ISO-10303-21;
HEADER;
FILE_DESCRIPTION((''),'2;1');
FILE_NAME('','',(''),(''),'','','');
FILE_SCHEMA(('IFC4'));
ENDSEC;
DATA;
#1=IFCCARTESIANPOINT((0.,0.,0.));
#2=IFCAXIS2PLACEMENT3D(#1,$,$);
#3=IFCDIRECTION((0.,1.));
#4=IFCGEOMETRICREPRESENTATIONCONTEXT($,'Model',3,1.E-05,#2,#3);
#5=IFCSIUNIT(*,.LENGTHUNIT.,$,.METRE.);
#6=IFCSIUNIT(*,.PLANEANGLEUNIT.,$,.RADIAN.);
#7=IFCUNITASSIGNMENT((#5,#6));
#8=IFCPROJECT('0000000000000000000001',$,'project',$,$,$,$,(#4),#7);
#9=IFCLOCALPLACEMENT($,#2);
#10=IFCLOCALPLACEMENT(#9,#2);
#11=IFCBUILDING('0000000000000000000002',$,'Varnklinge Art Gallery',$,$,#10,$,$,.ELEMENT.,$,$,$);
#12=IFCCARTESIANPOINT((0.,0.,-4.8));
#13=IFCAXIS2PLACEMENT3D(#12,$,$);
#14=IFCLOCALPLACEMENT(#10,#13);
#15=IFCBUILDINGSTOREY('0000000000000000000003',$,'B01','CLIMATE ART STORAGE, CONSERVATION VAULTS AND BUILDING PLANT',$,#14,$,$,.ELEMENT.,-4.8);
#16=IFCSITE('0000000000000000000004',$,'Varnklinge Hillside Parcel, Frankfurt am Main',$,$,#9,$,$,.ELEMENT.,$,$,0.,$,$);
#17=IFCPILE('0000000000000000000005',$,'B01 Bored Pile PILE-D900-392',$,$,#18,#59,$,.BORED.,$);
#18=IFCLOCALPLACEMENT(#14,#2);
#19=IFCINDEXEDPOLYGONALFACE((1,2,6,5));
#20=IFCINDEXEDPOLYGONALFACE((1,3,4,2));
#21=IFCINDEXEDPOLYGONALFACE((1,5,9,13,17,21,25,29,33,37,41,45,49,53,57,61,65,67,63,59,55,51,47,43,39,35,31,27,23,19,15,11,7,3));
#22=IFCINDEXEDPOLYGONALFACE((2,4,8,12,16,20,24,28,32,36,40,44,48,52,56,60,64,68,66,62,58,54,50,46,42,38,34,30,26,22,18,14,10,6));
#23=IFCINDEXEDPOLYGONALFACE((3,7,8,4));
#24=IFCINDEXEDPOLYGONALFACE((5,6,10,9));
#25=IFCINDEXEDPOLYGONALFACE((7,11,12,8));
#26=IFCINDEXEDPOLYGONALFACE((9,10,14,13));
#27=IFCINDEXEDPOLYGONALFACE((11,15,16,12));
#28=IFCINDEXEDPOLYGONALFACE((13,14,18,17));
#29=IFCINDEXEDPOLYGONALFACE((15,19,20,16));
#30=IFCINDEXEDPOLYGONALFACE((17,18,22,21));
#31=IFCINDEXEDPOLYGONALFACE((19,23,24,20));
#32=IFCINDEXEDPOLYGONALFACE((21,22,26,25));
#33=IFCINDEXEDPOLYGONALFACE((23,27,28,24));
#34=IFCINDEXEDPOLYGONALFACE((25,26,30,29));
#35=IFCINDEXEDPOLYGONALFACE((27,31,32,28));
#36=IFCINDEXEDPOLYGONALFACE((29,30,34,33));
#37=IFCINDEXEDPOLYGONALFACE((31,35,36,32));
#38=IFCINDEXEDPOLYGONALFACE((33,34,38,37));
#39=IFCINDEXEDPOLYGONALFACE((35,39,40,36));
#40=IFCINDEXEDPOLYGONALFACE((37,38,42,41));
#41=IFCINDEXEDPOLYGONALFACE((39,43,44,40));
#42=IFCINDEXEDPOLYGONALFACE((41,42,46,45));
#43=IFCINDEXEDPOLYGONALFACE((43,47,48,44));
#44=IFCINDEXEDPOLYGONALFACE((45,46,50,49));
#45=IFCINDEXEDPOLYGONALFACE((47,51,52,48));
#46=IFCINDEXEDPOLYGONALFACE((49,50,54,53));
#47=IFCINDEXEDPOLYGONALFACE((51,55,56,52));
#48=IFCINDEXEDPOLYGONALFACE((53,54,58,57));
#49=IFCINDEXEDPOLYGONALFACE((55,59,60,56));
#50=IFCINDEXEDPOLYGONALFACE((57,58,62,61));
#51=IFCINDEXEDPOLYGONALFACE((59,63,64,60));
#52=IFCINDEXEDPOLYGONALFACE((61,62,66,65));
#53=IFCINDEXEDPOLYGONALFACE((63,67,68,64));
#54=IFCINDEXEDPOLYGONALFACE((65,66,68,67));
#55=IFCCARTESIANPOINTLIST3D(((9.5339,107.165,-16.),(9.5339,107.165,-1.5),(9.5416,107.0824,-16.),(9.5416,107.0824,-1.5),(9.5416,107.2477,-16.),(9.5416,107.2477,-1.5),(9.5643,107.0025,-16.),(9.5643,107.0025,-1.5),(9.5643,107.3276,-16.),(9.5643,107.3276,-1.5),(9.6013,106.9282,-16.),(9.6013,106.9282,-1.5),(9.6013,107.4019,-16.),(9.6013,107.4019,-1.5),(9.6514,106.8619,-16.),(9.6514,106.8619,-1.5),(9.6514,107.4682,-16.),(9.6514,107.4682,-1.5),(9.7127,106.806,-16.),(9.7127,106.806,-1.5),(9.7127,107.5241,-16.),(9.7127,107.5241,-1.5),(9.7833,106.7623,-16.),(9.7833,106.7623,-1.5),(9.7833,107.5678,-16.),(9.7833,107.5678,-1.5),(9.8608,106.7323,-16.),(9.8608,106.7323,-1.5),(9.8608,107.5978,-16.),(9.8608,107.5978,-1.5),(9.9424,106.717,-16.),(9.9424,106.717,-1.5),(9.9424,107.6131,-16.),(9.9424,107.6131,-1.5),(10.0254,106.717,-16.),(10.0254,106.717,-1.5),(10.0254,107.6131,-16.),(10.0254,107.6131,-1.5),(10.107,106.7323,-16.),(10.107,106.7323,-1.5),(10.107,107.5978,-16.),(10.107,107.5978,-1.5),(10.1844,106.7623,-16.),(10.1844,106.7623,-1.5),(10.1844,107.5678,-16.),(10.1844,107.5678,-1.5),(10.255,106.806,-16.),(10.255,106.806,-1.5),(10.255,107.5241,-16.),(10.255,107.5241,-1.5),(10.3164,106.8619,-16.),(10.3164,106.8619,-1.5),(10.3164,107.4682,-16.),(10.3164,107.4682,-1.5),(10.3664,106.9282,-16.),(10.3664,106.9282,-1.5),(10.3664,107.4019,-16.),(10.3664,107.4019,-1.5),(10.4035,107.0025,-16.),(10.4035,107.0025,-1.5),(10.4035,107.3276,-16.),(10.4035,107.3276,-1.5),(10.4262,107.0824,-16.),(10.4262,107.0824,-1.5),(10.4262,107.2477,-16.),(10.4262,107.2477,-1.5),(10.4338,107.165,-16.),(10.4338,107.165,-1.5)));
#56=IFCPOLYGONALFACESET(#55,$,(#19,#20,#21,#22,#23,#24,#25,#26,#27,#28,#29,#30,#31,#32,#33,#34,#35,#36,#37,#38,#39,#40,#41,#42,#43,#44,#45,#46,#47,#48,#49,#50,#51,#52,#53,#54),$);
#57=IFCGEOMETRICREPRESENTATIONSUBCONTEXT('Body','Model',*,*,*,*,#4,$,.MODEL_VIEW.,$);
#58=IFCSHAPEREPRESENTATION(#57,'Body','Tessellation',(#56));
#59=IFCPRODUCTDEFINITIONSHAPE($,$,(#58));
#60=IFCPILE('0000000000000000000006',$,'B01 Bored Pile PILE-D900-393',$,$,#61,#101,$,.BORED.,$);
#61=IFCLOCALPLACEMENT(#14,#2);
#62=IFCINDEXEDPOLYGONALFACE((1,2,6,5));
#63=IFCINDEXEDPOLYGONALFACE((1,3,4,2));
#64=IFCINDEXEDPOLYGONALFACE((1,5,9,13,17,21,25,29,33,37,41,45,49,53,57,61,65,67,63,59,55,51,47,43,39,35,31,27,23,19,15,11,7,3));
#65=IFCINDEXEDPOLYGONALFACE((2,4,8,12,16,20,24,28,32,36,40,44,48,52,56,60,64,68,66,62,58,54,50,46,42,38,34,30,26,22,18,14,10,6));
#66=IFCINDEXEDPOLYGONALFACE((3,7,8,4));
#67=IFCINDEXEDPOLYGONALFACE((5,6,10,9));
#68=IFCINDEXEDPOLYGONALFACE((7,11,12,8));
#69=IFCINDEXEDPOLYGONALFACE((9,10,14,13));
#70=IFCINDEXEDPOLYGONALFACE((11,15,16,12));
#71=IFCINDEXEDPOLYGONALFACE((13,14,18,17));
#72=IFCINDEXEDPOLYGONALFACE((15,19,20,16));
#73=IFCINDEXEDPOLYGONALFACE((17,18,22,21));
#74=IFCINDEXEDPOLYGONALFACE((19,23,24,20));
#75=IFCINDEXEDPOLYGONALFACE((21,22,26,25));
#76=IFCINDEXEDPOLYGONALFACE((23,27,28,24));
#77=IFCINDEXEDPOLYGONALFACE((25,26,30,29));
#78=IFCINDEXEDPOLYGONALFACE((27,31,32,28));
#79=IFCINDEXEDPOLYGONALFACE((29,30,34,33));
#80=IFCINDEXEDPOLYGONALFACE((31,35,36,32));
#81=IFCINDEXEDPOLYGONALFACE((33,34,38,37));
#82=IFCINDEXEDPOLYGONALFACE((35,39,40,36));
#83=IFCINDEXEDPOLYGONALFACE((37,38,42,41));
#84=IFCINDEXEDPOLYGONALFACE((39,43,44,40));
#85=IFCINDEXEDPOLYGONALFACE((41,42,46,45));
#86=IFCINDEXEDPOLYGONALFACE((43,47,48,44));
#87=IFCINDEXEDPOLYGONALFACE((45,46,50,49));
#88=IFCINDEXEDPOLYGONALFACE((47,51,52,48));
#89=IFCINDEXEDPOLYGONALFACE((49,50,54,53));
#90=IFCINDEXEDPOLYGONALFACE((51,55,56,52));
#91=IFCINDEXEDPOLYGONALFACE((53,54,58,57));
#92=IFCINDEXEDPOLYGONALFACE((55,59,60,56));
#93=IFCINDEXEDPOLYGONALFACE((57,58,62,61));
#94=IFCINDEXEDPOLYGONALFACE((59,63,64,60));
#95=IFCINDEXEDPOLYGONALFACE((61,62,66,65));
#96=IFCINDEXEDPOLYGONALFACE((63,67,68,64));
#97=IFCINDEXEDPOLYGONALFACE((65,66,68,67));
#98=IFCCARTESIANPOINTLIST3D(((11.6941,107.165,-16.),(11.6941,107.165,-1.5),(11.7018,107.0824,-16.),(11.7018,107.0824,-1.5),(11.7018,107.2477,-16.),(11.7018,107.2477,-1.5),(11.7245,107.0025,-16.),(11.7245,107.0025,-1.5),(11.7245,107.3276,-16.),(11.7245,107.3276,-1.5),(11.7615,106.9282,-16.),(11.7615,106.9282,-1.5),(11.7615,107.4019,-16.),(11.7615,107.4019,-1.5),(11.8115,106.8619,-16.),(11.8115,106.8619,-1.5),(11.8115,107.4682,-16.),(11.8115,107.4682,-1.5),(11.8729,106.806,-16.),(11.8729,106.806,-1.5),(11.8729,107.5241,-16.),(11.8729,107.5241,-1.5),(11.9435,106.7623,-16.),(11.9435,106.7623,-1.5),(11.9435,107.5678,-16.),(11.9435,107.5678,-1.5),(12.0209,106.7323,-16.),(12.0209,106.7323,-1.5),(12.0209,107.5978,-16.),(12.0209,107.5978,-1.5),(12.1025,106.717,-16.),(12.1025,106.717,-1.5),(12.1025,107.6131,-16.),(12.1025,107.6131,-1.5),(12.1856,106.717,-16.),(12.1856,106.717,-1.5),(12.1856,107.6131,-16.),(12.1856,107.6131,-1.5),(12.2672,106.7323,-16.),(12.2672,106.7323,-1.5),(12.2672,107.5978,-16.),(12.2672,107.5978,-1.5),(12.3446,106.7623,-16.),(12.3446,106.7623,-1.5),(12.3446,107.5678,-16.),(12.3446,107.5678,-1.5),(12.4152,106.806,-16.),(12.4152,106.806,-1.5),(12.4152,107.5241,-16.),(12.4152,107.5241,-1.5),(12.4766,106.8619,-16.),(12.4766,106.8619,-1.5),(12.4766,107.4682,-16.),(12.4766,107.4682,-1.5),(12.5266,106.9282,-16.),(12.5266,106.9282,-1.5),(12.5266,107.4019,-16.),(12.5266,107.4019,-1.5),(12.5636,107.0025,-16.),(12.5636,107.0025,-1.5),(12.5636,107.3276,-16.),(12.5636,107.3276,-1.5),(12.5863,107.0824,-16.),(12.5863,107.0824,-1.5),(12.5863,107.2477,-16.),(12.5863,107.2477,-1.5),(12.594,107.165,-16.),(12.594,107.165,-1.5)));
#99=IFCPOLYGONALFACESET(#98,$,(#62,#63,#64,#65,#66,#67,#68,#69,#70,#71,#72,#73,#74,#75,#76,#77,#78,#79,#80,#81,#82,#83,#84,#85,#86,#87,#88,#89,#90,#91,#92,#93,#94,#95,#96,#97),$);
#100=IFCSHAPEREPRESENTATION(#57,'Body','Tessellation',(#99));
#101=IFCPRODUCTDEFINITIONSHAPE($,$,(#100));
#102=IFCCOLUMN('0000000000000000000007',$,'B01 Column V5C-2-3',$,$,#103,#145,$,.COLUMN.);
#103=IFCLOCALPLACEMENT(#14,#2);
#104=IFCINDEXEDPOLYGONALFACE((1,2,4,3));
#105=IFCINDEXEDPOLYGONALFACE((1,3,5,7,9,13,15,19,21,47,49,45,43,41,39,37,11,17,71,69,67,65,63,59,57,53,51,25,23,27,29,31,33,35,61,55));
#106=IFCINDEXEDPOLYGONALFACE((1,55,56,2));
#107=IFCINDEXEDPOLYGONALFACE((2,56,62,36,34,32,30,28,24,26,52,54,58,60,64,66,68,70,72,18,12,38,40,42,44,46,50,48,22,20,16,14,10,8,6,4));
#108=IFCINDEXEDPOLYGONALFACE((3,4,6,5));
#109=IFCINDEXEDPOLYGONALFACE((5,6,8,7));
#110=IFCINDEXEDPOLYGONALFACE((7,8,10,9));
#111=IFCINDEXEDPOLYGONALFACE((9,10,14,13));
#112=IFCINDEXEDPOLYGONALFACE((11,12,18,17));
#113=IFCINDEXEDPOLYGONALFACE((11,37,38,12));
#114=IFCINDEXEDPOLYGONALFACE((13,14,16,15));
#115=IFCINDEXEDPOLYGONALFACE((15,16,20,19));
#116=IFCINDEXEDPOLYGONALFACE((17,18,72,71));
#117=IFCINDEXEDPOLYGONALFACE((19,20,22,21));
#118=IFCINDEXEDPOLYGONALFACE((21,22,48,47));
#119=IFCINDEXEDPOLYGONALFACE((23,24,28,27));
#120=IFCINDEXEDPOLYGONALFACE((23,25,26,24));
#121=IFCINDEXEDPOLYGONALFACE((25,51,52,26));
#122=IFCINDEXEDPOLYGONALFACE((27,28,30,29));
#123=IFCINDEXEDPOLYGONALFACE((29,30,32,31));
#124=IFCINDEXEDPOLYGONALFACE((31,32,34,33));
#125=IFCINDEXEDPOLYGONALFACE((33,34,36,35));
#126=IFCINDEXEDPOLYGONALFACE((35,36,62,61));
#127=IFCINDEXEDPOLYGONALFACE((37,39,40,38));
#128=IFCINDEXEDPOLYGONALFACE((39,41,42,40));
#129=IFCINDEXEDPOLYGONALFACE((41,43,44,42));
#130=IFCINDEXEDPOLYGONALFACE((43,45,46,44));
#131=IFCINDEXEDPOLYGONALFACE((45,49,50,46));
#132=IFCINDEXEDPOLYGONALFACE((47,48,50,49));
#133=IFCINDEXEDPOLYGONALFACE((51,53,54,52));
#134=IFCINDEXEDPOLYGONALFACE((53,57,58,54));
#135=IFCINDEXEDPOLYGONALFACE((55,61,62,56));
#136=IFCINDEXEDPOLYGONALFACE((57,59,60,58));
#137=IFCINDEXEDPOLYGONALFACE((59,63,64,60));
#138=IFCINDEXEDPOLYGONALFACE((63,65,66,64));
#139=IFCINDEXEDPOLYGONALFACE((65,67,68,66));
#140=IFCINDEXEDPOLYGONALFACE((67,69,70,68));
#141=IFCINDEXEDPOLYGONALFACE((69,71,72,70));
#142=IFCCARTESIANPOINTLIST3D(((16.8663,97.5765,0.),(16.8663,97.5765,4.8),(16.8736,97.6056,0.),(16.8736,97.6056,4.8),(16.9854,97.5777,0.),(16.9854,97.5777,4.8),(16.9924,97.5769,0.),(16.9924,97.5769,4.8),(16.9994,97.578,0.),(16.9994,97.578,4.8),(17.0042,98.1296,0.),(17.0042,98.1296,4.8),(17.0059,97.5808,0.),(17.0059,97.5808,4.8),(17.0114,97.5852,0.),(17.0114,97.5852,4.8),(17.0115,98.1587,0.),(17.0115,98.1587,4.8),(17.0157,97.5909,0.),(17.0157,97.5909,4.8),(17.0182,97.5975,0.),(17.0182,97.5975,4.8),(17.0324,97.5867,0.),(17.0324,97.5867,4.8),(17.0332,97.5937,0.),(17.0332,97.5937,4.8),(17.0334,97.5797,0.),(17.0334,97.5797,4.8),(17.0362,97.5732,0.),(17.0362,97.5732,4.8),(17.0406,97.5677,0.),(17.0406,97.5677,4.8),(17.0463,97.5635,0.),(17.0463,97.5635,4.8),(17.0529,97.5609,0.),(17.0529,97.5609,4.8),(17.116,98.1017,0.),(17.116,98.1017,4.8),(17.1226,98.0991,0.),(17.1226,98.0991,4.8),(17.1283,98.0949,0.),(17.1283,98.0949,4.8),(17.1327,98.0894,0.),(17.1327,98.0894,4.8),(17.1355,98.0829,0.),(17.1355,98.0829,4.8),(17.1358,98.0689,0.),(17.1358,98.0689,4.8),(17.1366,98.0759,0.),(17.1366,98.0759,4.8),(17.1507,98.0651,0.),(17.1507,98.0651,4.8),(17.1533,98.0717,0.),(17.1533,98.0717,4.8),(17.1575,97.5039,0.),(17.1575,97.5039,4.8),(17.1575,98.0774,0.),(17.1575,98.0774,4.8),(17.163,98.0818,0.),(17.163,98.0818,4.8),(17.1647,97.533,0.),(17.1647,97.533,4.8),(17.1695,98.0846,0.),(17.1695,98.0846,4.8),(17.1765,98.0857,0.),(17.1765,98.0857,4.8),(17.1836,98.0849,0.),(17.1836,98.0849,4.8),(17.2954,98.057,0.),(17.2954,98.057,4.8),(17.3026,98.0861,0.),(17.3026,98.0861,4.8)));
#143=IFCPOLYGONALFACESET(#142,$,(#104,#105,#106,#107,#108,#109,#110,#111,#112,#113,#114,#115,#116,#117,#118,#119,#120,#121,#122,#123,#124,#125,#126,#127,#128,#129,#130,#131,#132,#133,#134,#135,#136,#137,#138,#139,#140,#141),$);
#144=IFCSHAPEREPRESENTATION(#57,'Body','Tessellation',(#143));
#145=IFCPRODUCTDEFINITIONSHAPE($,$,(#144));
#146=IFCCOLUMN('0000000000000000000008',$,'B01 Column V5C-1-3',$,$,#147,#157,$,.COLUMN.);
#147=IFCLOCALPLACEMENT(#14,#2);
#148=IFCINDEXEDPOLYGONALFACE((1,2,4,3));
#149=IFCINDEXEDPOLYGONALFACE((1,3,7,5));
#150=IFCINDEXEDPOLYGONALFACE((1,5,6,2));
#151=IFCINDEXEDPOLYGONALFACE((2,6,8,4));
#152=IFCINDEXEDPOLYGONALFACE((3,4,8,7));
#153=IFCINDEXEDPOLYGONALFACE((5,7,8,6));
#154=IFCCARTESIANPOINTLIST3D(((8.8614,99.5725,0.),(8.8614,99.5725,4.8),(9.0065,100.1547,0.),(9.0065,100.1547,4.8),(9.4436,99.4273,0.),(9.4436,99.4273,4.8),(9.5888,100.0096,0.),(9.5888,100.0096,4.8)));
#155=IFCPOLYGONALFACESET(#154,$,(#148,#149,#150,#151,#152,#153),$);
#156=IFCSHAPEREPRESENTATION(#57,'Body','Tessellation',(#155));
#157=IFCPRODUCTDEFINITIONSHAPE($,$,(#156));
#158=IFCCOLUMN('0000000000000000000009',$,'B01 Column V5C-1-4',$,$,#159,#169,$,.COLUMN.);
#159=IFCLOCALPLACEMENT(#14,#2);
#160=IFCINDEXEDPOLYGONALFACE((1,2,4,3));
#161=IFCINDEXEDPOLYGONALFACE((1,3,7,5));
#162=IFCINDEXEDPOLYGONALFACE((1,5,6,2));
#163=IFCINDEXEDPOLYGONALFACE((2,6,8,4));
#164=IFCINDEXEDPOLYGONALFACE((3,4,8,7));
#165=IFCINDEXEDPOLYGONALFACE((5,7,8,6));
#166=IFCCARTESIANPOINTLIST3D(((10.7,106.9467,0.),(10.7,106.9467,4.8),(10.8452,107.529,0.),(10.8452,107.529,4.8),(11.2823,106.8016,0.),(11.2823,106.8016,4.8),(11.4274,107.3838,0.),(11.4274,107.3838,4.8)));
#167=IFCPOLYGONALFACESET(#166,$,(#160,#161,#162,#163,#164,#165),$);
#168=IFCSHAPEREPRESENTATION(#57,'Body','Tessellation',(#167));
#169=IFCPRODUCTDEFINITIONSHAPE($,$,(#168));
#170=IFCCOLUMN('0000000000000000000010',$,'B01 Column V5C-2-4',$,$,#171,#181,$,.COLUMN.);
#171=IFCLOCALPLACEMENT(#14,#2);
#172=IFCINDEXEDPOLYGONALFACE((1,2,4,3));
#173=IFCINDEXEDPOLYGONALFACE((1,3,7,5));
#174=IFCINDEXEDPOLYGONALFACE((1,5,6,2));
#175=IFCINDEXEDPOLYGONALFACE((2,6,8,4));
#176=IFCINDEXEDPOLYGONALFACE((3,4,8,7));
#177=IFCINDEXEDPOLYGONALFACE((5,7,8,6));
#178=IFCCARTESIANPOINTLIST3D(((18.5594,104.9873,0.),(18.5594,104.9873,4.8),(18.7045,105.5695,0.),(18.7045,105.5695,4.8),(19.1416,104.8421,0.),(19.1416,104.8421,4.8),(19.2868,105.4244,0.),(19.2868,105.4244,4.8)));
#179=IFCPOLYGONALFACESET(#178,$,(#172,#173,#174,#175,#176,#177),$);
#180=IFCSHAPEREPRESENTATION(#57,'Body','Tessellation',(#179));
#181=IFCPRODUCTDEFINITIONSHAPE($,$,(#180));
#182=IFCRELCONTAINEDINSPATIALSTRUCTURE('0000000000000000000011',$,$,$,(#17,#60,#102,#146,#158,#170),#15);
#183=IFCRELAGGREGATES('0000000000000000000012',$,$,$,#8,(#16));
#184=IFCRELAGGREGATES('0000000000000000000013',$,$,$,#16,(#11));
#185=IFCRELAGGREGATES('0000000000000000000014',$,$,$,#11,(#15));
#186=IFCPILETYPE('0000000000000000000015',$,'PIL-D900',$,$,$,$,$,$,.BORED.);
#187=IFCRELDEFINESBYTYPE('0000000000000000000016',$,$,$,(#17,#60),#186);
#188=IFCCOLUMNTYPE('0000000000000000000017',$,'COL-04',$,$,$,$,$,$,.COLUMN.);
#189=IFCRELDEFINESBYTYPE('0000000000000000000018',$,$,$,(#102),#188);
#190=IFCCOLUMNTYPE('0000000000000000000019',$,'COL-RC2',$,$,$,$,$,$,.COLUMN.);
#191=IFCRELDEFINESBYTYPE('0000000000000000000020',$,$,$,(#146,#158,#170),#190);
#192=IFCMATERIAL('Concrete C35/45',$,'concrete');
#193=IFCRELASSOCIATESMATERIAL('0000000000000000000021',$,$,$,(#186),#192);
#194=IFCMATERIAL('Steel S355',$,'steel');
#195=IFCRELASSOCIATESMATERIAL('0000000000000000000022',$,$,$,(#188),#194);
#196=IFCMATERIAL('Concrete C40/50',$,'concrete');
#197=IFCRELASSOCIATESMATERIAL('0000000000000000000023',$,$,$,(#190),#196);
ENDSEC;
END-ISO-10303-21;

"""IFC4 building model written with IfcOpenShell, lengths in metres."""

from ifc_helpers import new_model, si_unit, direction, frame, origin, origin_2d, place, context, subcontext, project, spatial, rectangle, circle, i_section, extrude, material, material_profile, profile_set, type_object, element, save


model = new_model("IFC4")

# Units and contexts
model_context = context("Model", 3, precision=1e-05, world=origin(), true_north=direction((0.0, 1.0)))
body_context = subcontext(model_context, "Body", "Model", "MODEL_VIEW")
ifc_project = project(units=[si_unit("LENGTHUNIT", "METRE"), si_unit("PLANEANGLEUNIT", "RADIAN")], contexts=[model_context])

# Site, building, storey
site_placement = place(None, origin())
site = spatial("IfcSite", under=ifc_project, at=site_placement, Name="Varnklinge Hillside Parcel, Frankfurt am Main", CompositionType="ELEMENT", RefElevation=0.0)
building_placement = place(site_placement, origin())
building = spatial("IfcBuilding", under=site, at=building_placement, Name="Varnklinge Art Gallery", CompositionType="ELEMENT")
storey_placement = place(building_placement, frame((0.0, 0.0, -4.8)))
storey = spatial("IfcBuildingStorey", under=building, at=storey_placement, Name="B01", Description="CLIMATE ART STORAGE, CONSERVATION VAULTS AND BUILDING PLANT", CompositionType="ELEMENT", Elevation=-4.8)

# Piles
ifc_material_1 = material(Name="Concrete C35/45", Category="concrete")
ifc_material_profile_1 = material_profile(ifc_material_1, circle(Radius=0.45, at=origin_2d()), Name="PILE D900")
ifc_profile_set_1 = profile_set([ifc_material_profile_1], Name="Concrete C35/45")
pile_type = type_object("IfcPileType", Name="PIL-D900", PredefinedType="BORED", material=ifc_profile_set_1)
for number, where, z_axis, x_axis, name in (
    (1, (9.9839, 107.165, -1.5), (0.0, 0.0, -1.0), (1.0, 0.0, 0.0), "B01 Bored Pile PILE-D900-392"),
    (2, (12.144, 107.165, -1.5), (0.0, 0.0, -1.0), (1.0, 0.0, 0.0), "B01 Bored Pile PILE-D900-393"),
):
    element("IfcPile", number, at=place(storey_placement, frame(where, z_axis=z_axis, x_axis=x_axis)), inside=storey, type_object=pile_type, Name=name, PredefinedType="BORED", context=body_context, shape_type="SweptSolid", body=[
        extrude(circle(Radius=0.45, at=origin_2d()), origin(), (0.0, 0.0, 1.0), 14.5),
    ])

# Columns
ifc_material_2 = material(Name="Steel S355", Category="steel")
ifc_material_profile_2 = material_profile(ifc_material_2, i_section(OverallWidth=0.3, OverallDepth=0.6001, WebThickness=0.0154, FlangeThickness=0.03, FilletRadius=0.0271, at=origin_2d()), Name="HEB 600")
ifc_profile_set_2 = profile_set([ifc_material_profile_2], Name="Steel S355")
column_type_1 = type_object("IfcColumnType", Name="COL-04", PredefinedType="COLUMN", material=ifc_profile_set_2)
column_placement = place(storey_placement, frame((17.0845, 97.8313, 0.0), z_axis=(0.0, 0.0, 1.0), x_axis=(0.970296, -0.241922, 0.0)))
element("IfcColumn", 3, at=column_placement, inside=storey, type_object=column_type_1, Name="B01 Column V5C-2-3", PredefinedType="COLUMN", context=body_context, shape_type="SweptSolid", body=[
    extrude(i_section(OverallWidth=0.3, OverallDepth=0.6001, WebThickness=0.0154, FlangeThickness=0.03, FilletRadius=0.0271, at=origin_2d()), origin(), (0.0, 0.0, 1.0), 4.8),
])
ifc_material_3 = material(Name="Concrete C40/50", Category="concrete")
ifc_material_profile_3 = material_profile(ifc_material_3, rectangle(XDim=0.6001, YDim=0.6001, at=origin_2d()), Name="RC 600x600")
ifc_profile_set_3 = profile_set([ifc_material_profile_3], Name="Concrete C40/50")
column_type_2 = type_object("IfcColumnType", Name="COL-RC2", PredefinedType="COLUMN", material=ifc_profile_set_3)
for number, where, z_axis, x_axis, name in (
    (4, (9.2251, 99.791, 0.0), (0.0, 0.0, 1.0), (0.970296, -0.241922, 0.0), "B01 Column V5C-1-3"),
    (5, (11.0637, 107.1653, 0.0), (0.0, 0.0, 1.0), (0.970296, -0.241922, 0.0), "B01 Column V5C-1-4"),
    (6, (18.9231, 105.2058, 0.0), (0.0, 0.0, 1.0), (0.970296, -0.241922, 0.0), "B01 Column V5C-2-4"),
):
    element("IfcColumn", number, at=place(storey_placement, frame(where, z_axis=z_axis, x_axis=x_axis)), inside=storey, type_object=column_type_2, Name=name, PredefinedType="COLUMN", context=body_context, shape_type="SweptSolid", body=[
        extrude(rectangle(XDim=0.6001, YDim=0.6001, at=origin_2d()), origin(), (0.0, 0.0, 1.0), 4.8),
    ])

save(model, "model.ifc")
